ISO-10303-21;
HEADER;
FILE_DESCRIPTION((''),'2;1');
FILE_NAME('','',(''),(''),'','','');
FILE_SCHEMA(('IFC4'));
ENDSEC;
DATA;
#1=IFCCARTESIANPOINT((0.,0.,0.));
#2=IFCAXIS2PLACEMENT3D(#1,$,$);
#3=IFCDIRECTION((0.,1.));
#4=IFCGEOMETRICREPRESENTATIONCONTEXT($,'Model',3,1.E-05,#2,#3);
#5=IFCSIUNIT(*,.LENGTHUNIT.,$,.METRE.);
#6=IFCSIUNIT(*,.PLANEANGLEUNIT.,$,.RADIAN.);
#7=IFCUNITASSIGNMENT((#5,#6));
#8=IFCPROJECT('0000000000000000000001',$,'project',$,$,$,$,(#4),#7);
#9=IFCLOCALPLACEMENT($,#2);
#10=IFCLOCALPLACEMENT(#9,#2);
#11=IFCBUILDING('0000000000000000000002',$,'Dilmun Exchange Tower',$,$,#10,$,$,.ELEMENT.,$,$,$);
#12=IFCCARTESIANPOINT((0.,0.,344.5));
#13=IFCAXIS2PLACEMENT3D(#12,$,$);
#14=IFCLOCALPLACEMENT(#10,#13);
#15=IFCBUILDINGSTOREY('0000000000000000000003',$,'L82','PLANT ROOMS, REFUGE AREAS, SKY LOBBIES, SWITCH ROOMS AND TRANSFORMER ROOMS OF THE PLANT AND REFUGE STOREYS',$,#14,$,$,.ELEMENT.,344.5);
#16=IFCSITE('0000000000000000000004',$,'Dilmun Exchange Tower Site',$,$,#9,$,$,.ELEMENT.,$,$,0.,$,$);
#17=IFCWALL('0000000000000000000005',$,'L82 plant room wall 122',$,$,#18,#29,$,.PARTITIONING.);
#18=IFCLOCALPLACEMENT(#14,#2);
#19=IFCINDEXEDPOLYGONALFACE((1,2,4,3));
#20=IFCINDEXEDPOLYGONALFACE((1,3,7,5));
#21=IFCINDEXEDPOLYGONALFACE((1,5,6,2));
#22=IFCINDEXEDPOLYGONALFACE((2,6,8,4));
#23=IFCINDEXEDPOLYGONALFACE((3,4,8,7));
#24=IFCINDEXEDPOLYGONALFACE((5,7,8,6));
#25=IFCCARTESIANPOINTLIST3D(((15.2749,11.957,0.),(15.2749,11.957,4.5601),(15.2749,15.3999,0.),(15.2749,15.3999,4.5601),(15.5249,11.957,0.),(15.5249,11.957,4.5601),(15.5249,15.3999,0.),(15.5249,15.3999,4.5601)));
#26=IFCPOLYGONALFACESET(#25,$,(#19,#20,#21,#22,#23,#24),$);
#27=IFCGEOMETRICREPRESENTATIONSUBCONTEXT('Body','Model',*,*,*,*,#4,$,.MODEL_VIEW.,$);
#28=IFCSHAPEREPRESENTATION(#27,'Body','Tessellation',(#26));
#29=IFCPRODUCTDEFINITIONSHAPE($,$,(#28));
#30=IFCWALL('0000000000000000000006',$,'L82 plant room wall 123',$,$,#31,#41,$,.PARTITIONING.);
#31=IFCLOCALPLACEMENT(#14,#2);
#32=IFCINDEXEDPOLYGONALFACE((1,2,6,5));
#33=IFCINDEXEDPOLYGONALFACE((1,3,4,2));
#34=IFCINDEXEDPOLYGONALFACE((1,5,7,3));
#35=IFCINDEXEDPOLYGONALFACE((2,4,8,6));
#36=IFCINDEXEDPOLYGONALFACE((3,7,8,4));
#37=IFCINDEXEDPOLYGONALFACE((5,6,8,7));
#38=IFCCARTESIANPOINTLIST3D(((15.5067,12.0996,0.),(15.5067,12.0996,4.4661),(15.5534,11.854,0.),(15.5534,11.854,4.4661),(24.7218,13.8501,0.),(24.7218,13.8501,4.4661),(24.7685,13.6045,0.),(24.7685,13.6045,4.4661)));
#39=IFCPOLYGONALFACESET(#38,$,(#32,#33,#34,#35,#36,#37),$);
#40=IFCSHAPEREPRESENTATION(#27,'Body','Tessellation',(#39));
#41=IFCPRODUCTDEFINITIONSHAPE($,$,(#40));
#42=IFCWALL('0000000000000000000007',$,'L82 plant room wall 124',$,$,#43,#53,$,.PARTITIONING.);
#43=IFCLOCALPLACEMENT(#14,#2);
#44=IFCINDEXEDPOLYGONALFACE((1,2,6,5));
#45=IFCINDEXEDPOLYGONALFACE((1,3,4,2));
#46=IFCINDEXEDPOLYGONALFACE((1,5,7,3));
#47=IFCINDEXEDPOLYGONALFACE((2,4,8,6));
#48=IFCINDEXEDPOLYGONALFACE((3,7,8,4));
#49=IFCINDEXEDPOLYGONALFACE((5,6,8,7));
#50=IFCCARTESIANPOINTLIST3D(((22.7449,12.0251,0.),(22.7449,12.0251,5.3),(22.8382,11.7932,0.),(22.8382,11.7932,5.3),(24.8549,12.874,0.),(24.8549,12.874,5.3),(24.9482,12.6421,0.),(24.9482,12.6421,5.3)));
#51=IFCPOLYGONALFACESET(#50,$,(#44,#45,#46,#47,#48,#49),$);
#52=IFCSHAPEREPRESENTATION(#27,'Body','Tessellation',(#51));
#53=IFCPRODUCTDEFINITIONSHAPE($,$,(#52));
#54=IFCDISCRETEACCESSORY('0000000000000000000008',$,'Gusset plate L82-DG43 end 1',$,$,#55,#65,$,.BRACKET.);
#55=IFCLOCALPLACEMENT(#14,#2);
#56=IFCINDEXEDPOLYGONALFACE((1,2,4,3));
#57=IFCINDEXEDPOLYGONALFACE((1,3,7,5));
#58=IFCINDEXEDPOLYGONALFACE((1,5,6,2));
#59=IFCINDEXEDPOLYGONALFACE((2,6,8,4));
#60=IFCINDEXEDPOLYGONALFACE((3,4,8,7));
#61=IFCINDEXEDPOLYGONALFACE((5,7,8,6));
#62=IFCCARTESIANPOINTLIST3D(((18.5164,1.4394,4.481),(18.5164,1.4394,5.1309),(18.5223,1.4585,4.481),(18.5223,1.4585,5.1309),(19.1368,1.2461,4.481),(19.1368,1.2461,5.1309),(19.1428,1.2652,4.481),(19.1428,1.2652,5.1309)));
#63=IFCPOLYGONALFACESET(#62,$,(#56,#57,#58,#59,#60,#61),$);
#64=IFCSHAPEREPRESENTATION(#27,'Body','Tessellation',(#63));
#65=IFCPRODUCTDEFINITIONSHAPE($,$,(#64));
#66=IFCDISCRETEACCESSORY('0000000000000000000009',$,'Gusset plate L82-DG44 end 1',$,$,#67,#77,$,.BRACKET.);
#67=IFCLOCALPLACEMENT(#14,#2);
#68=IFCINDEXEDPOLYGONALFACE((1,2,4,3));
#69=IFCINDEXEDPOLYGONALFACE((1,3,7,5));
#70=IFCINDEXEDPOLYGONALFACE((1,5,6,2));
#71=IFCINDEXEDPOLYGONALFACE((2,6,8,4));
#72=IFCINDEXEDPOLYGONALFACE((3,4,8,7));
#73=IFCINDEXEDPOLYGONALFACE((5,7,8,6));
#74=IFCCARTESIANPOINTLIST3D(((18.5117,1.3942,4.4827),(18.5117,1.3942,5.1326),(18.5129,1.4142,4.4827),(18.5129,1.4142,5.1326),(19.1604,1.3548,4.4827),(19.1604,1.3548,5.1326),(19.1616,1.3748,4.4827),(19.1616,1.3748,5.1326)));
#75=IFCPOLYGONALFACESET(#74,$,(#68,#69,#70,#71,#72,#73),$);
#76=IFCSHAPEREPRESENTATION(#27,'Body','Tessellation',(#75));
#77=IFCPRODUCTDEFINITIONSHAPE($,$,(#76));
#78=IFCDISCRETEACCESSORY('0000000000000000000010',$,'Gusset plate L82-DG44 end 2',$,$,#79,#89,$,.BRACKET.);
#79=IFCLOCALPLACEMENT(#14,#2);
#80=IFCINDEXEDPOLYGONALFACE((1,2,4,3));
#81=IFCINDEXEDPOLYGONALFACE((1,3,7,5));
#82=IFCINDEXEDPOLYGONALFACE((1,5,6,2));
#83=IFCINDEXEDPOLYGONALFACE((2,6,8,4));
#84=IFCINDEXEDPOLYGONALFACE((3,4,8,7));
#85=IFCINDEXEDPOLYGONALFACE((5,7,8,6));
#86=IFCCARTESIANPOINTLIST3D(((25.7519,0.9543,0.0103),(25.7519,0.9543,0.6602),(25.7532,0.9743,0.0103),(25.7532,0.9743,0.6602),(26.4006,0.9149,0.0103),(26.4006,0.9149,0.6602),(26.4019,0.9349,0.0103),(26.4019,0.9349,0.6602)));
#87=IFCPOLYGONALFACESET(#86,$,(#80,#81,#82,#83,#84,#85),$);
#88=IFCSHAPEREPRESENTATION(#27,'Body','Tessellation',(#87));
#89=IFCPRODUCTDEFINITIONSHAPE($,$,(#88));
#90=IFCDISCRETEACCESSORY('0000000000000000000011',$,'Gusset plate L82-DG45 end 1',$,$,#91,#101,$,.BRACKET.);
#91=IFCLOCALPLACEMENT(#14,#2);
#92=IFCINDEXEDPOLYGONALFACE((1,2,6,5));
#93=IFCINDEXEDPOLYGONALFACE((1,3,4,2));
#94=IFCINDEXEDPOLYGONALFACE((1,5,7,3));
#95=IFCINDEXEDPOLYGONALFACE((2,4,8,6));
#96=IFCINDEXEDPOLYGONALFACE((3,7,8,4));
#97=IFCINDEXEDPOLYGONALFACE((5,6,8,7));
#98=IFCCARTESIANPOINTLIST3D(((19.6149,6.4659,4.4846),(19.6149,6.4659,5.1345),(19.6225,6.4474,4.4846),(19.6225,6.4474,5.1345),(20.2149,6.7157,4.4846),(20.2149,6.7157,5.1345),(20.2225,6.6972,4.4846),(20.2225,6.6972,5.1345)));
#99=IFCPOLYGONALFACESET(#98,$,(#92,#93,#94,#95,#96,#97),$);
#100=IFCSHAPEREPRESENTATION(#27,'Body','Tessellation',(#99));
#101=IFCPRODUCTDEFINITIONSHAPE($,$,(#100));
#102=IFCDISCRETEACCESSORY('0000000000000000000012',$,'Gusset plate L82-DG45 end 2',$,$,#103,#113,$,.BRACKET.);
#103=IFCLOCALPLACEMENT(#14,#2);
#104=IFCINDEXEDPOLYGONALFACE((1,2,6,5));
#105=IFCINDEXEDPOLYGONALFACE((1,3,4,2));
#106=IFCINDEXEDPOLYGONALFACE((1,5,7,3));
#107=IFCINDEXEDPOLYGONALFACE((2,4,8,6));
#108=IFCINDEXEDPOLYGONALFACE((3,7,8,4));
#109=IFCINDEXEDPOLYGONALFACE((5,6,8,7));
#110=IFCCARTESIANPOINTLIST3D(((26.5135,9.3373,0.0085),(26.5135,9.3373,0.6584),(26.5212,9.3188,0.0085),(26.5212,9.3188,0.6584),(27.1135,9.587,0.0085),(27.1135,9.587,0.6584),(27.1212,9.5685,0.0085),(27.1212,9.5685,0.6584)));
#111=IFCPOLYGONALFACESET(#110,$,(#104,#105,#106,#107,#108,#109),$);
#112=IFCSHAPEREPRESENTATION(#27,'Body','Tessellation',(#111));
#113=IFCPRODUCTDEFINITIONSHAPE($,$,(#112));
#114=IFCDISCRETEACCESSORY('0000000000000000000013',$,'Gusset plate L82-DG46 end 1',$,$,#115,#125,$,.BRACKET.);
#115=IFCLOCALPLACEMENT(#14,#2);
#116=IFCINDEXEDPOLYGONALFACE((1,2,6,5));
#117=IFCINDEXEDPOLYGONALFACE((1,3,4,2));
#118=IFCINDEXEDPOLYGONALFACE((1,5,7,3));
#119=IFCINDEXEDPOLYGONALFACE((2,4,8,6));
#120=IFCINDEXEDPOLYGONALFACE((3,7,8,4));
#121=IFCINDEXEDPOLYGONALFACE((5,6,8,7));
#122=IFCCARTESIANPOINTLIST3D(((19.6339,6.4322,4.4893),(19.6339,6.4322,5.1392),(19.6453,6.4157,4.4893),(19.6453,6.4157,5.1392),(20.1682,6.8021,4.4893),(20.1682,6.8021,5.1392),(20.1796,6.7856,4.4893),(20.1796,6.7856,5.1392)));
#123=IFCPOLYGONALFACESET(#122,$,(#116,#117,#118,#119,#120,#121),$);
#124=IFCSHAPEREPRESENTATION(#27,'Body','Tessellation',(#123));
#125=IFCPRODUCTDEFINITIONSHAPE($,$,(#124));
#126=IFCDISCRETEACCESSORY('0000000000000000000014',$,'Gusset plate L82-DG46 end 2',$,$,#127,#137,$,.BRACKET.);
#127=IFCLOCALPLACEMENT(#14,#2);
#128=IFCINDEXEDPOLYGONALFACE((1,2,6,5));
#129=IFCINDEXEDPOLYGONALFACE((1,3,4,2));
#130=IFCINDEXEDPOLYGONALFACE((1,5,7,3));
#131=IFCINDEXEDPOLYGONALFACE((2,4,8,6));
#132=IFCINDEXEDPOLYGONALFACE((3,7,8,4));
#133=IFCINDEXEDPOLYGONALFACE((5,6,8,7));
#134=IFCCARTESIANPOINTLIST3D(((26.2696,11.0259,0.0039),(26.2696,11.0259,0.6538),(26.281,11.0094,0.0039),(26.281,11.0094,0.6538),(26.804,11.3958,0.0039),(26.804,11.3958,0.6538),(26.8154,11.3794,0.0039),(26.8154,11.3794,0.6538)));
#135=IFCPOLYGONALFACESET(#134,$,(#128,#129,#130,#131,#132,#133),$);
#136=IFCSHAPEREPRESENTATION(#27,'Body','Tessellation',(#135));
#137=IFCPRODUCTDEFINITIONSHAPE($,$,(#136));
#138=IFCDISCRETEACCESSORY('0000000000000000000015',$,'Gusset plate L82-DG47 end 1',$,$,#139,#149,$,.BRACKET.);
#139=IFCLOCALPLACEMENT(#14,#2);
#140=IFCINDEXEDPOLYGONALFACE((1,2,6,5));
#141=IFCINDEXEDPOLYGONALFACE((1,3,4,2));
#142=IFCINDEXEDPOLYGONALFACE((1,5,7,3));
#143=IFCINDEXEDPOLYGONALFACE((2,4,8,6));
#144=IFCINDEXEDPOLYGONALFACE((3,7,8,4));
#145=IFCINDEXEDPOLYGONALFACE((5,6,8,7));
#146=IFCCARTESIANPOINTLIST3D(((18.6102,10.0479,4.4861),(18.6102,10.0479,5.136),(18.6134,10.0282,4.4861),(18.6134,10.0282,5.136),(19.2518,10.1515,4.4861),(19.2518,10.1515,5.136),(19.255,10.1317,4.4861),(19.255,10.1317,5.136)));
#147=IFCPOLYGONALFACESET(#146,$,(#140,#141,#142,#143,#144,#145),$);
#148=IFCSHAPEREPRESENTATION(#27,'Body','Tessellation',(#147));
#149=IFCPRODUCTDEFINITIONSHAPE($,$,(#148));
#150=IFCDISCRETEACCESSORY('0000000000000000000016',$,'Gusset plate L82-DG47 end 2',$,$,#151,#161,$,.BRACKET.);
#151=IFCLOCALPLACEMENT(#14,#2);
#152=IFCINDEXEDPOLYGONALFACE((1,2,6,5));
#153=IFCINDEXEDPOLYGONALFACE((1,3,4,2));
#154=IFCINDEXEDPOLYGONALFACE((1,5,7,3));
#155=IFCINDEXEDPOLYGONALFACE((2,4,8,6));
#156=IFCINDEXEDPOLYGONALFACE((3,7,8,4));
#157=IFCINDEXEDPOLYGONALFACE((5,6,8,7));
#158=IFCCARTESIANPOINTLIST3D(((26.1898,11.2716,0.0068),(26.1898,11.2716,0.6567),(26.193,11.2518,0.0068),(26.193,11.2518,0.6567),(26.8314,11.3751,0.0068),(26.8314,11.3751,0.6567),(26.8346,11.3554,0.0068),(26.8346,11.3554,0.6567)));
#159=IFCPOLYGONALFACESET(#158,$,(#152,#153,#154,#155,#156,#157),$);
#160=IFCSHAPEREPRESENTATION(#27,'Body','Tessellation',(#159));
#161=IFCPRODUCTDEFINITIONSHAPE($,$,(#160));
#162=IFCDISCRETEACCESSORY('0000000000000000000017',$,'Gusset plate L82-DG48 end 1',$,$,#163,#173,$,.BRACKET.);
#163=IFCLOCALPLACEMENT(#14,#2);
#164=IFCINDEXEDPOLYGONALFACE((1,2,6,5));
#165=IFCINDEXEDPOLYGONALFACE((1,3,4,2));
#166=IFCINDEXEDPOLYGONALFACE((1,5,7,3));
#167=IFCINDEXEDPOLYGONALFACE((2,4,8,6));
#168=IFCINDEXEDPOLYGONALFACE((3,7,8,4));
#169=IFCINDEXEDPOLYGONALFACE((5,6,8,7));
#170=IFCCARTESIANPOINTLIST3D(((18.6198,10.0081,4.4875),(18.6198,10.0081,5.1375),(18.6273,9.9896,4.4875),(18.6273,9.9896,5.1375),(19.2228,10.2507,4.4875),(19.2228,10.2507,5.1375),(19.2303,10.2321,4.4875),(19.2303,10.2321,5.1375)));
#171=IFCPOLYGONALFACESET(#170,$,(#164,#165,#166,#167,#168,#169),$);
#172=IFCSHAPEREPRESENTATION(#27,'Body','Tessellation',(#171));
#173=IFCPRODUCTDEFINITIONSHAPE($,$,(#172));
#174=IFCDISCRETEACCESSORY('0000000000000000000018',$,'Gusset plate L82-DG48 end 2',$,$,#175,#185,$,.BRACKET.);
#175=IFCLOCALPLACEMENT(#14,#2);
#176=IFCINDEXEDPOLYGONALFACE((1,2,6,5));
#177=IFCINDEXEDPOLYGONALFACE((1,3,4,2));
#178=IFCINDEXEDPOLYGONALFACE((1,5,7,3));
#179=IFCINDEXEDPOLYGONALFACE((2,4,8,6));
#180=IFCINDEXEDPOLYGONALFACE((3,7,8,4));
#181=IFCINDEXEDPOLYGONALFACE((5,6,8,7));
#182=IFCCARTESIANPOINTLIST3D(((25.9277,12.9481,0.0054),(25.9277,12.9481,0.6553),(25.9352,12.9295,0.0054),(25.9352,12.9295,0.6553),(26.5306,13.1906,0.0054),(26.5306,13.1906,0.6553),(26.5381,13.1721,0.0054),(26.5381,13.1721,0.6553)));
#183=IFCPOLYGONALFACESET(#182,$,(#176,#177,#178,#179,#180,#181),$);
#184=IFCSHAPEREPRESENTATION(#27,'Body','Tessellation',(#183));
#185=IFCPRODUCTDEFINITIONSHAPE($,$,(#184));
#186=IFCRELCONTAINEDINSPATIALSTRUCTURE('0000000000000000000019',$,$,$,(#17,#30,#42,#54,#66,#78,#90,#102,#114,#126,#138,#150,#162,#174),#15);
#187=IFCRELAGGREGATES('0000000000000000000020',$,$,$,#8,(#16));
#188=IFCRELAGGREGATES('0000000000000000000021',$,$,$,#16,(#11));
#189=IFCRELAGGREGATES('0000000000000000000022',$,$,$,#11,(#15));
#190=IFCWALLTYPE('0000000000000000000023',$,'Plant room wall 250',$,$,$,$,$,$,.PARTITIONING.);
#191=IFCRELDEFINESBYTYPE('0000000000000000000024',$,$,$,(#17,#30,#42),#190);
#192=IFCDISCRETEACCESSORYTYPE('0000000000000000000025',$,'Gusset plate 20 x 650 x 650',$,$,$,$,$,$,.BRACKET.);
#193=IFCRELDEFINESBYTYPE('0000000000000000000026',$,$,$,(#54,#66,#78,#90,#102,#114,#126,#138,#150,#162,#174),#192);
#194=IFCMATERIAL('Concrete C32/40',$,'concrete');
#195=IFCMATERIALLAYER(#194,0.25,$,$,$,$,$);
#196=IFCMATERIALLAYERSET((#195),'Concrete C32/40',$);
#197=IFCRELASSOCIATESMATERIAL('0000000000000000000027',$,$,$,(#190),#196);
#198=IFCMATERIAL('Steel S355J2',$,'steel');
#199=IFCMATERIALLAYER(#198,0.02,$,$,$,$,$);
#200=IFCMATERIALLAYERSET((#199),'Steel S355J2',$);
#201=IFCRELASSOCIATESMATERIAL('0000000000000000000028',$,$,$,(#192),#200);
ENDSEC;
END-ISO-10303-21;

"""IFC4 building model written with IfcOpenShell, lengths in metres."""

from ifc_helpers import new_model, si_unit, direction, frame, frame_2d, origin, origin_2d, place, context, subcontext, project, spatial, rectangle, extrude, material, layer, layer_set, type_object, element, save


model = new_model("IFC4")

# Units and contexts
model_context = context("Model", 3, precision=1e-05, world=origin(), true_north=direction((0.0, 1.0)))
body_context = subcontext(model_context, "Body", "Model", "MODEL_VIEW")
ifc_project = project(units=[si_unit("LENGTHUNIT", "METRE"), si_unit("PLANEANGLEUNIT", "RADIAN")], contexts=[model_context])

# Site, building, storey
site_placement = place(None, origin())
site = spatial("IfcSite", under=ifc_project, at=site_placement, Name="Dilmun Exchange Tower Site", CompositionType="ELEMENT", RefElevation=0.0)
building_placement = place(site_placement, origin())
building = spatial("IfcBuilding", under=site, at=building_placement, Name="Dilmun Exchange Tower", CompositionType="ELEMENT")
storey_placement = place(building_placement, frame((0.0, 0.0, 344.5)))
storey = spatial("IfcBuildingStorey", under=building, at=storey_placement, Name="L82", Description="PLANT ROOMS, REFUGE AREAS, SKY LOBBIES, SWITCH ROOMS AND TRANSFORMER ROOMS OF THE PLANT AND REFUGE STOREYS", CompositionType="ELEMENT", Elevation=344.5)

# Walls
ifc_material_1 = material(Name="Concrete C32/40", Category="concrete")
ifc_layer_1 = layer(ifc_material_1, 0.25)
ifc_layer_set_1 = layer_set([ifc_layer_1], Name="Concrete C32/40")
wall_type = type_object("IfcWallType", Name="Plant room wall 250", PredefinedType="PARTITIONING", material=ifc_layer_set_1)
wall_1_placement = place(storey_placement, frame((15.3999, 11.957, 0.0), z_axis=(0.0, 0.0, 1.0), x_axis=(0.0, 1.0, 0.0)))
element("IfcWall", 1, at=wall_1_placement, inside=storey, type_object=wall_type, Name="L82 plant room wall 122", PredefinedType="PARTITIONING", context=body_context, shape_type="SweptSolid", body=[
    extrude(rectangle(XDim=3.4429, YDim=0.25, at=frame_2d((1.7214, 0.0))), origin(), (0.0, 0.0, 1.0), 4.5601),
])
wall_2_placement = place(storey_placement, frame((15.53, 11.9768, 0.0), z_axis=(0.0, 0.0, 1.0), x_axis=(0.982432, 0.186622, 0.0)))
element("IfcWall", 2, at=wall_2_placement, inside=storey, type_object=wall_type, Name="L82 plant room wall 123", PredefinedType="PARTITIONING", context=body_context, shape_type="SweptSolid", body=[
    extrude(rectangle(XDim=9.3799, YDim=0.25, at=frame_2d((4.6899, 0.0))), origin(), (0.0, 0.0, 1.0), 4.4661),
])
wall_3_placement = place(storey_placement, frame((22.7915, 11.9092, 0.0), z_axis=(0.0, 0.0, 1.0), x_axis=(0.927742, 0.373222, 0.0)))
element("IfcWall", 3, at=wall_3_placement, inside=storey, type_object=wall_type, Name="L82 plant room wall 124", PredefinedType="PARTITIONING", context=body_context, shape_type="SweptSolid", body=[
    extrude(rectangle(XDim=2.2744, YDim=0.25, at=frame_2d((1.1372, 0.0))), origin(), (0.0, 0.0, 1.0), 5.3),
])

# Discrete accessories
ifc_material_2 = material(Name="Steel S355J2", Category="steel")
ifc_layer_2 = layer(ifc_material_2, 0.02)
ifc_layer_set_2 = layer_set([ifc_layer_2], Name="Steel S355J2")
discrete_accessory_type = type_object("IfcDiscreteAccessoryType", Name="Gusset plate 20 x 650 x 650", PredefinedType="BRACKET", material=ifc_layer_set_2)
for number, where, z_axis, x_axis, name in (
    (4, (18.8296, 1.3523, 4.481), (0.0, 0.0, 1.0), (0.954721, -0.297503, 0.0), "Gusset plate L82-DG43 end 1"),
    (5, (18.8367, 1.3845, 4.4827), (0.0, 0.0, 1.0), (0.998158, -0.060674, 0.0), "Gusset plate L82-DG44 end 1"),
    (6, (26.0769, 0.9446, 0.0103), (0.0, 0.0, 1.0), (0.998158, -0.060674, 0.0), "Gusset plate L82-DG44 end 2"),
    (7, (19.9187, 6.5815, 4.4846), (0.0, 0.0, 1.0), (0.923222, 0.384268, 0.0), "Gusset plate L82-DG45 end 1"),
    (8, (26.8174, 9.4529, 0.0085), (0.0, 0.0, 1.0), (0.923222, 0.384268, 0.0), "Gusset plate L82-DG45 end 2"),
    (9, (19.9067, 6.6089, 4.4893), (0.0, 0.0, 1.0), (0.822198, 0.569202, 0.0), "Gusset plate L82-DG46 end 1"),
    (10, (26.5425, 11.2026, 0.0039), (0.0, 0.0, 1.0), (0.822198, 0.569202, 0.0), "Gusset plate L82-DG46 end 2"),
    (11, (18.9326, 10.0898, 4.4861), (0.0, 0.0, 1.0), (0.98722, 0.159366, 0.0), "Gusset plate L82-DG47 end 1"),
    (12, (26.5122, 11.3135, 0.0068), (0.0, 0.0, 1.0), (0.98722, 0.159366, 0.0), "Gusset plate L82-DG47 end 2"),
    (13, (18.925, 10.1201, 4.4875), (0.0, 0.0, 1.0), (0.927741, 0.373226, 0.0), "Gusset plate L82-DG48 end 1"),
    (14, (26.2329, 13.0601, 0.0054), (0.0, 0.0, 1.0), (0.927741, 0.373226, 0.0), "Gusset plate L82-DG48 end 2"),
):
    element("IfcDiscreteAccessory", number, at=place(storey_placement, frame(where, z_axis=z_axis, x_axis=x_axis)), inside=storey, type_object=discrete_accessory_type, Name=name, PredefinedType="BRACKET", context=body_context, shape_type="SweptSolid", body=[
        extrude(rectangle(XDim=0.6499, YDim=0.02, at=origin_2d()), origin(), (0.0, 0.0, 1.0), 0.6499),
    ])

save(model, "model.ifc")
